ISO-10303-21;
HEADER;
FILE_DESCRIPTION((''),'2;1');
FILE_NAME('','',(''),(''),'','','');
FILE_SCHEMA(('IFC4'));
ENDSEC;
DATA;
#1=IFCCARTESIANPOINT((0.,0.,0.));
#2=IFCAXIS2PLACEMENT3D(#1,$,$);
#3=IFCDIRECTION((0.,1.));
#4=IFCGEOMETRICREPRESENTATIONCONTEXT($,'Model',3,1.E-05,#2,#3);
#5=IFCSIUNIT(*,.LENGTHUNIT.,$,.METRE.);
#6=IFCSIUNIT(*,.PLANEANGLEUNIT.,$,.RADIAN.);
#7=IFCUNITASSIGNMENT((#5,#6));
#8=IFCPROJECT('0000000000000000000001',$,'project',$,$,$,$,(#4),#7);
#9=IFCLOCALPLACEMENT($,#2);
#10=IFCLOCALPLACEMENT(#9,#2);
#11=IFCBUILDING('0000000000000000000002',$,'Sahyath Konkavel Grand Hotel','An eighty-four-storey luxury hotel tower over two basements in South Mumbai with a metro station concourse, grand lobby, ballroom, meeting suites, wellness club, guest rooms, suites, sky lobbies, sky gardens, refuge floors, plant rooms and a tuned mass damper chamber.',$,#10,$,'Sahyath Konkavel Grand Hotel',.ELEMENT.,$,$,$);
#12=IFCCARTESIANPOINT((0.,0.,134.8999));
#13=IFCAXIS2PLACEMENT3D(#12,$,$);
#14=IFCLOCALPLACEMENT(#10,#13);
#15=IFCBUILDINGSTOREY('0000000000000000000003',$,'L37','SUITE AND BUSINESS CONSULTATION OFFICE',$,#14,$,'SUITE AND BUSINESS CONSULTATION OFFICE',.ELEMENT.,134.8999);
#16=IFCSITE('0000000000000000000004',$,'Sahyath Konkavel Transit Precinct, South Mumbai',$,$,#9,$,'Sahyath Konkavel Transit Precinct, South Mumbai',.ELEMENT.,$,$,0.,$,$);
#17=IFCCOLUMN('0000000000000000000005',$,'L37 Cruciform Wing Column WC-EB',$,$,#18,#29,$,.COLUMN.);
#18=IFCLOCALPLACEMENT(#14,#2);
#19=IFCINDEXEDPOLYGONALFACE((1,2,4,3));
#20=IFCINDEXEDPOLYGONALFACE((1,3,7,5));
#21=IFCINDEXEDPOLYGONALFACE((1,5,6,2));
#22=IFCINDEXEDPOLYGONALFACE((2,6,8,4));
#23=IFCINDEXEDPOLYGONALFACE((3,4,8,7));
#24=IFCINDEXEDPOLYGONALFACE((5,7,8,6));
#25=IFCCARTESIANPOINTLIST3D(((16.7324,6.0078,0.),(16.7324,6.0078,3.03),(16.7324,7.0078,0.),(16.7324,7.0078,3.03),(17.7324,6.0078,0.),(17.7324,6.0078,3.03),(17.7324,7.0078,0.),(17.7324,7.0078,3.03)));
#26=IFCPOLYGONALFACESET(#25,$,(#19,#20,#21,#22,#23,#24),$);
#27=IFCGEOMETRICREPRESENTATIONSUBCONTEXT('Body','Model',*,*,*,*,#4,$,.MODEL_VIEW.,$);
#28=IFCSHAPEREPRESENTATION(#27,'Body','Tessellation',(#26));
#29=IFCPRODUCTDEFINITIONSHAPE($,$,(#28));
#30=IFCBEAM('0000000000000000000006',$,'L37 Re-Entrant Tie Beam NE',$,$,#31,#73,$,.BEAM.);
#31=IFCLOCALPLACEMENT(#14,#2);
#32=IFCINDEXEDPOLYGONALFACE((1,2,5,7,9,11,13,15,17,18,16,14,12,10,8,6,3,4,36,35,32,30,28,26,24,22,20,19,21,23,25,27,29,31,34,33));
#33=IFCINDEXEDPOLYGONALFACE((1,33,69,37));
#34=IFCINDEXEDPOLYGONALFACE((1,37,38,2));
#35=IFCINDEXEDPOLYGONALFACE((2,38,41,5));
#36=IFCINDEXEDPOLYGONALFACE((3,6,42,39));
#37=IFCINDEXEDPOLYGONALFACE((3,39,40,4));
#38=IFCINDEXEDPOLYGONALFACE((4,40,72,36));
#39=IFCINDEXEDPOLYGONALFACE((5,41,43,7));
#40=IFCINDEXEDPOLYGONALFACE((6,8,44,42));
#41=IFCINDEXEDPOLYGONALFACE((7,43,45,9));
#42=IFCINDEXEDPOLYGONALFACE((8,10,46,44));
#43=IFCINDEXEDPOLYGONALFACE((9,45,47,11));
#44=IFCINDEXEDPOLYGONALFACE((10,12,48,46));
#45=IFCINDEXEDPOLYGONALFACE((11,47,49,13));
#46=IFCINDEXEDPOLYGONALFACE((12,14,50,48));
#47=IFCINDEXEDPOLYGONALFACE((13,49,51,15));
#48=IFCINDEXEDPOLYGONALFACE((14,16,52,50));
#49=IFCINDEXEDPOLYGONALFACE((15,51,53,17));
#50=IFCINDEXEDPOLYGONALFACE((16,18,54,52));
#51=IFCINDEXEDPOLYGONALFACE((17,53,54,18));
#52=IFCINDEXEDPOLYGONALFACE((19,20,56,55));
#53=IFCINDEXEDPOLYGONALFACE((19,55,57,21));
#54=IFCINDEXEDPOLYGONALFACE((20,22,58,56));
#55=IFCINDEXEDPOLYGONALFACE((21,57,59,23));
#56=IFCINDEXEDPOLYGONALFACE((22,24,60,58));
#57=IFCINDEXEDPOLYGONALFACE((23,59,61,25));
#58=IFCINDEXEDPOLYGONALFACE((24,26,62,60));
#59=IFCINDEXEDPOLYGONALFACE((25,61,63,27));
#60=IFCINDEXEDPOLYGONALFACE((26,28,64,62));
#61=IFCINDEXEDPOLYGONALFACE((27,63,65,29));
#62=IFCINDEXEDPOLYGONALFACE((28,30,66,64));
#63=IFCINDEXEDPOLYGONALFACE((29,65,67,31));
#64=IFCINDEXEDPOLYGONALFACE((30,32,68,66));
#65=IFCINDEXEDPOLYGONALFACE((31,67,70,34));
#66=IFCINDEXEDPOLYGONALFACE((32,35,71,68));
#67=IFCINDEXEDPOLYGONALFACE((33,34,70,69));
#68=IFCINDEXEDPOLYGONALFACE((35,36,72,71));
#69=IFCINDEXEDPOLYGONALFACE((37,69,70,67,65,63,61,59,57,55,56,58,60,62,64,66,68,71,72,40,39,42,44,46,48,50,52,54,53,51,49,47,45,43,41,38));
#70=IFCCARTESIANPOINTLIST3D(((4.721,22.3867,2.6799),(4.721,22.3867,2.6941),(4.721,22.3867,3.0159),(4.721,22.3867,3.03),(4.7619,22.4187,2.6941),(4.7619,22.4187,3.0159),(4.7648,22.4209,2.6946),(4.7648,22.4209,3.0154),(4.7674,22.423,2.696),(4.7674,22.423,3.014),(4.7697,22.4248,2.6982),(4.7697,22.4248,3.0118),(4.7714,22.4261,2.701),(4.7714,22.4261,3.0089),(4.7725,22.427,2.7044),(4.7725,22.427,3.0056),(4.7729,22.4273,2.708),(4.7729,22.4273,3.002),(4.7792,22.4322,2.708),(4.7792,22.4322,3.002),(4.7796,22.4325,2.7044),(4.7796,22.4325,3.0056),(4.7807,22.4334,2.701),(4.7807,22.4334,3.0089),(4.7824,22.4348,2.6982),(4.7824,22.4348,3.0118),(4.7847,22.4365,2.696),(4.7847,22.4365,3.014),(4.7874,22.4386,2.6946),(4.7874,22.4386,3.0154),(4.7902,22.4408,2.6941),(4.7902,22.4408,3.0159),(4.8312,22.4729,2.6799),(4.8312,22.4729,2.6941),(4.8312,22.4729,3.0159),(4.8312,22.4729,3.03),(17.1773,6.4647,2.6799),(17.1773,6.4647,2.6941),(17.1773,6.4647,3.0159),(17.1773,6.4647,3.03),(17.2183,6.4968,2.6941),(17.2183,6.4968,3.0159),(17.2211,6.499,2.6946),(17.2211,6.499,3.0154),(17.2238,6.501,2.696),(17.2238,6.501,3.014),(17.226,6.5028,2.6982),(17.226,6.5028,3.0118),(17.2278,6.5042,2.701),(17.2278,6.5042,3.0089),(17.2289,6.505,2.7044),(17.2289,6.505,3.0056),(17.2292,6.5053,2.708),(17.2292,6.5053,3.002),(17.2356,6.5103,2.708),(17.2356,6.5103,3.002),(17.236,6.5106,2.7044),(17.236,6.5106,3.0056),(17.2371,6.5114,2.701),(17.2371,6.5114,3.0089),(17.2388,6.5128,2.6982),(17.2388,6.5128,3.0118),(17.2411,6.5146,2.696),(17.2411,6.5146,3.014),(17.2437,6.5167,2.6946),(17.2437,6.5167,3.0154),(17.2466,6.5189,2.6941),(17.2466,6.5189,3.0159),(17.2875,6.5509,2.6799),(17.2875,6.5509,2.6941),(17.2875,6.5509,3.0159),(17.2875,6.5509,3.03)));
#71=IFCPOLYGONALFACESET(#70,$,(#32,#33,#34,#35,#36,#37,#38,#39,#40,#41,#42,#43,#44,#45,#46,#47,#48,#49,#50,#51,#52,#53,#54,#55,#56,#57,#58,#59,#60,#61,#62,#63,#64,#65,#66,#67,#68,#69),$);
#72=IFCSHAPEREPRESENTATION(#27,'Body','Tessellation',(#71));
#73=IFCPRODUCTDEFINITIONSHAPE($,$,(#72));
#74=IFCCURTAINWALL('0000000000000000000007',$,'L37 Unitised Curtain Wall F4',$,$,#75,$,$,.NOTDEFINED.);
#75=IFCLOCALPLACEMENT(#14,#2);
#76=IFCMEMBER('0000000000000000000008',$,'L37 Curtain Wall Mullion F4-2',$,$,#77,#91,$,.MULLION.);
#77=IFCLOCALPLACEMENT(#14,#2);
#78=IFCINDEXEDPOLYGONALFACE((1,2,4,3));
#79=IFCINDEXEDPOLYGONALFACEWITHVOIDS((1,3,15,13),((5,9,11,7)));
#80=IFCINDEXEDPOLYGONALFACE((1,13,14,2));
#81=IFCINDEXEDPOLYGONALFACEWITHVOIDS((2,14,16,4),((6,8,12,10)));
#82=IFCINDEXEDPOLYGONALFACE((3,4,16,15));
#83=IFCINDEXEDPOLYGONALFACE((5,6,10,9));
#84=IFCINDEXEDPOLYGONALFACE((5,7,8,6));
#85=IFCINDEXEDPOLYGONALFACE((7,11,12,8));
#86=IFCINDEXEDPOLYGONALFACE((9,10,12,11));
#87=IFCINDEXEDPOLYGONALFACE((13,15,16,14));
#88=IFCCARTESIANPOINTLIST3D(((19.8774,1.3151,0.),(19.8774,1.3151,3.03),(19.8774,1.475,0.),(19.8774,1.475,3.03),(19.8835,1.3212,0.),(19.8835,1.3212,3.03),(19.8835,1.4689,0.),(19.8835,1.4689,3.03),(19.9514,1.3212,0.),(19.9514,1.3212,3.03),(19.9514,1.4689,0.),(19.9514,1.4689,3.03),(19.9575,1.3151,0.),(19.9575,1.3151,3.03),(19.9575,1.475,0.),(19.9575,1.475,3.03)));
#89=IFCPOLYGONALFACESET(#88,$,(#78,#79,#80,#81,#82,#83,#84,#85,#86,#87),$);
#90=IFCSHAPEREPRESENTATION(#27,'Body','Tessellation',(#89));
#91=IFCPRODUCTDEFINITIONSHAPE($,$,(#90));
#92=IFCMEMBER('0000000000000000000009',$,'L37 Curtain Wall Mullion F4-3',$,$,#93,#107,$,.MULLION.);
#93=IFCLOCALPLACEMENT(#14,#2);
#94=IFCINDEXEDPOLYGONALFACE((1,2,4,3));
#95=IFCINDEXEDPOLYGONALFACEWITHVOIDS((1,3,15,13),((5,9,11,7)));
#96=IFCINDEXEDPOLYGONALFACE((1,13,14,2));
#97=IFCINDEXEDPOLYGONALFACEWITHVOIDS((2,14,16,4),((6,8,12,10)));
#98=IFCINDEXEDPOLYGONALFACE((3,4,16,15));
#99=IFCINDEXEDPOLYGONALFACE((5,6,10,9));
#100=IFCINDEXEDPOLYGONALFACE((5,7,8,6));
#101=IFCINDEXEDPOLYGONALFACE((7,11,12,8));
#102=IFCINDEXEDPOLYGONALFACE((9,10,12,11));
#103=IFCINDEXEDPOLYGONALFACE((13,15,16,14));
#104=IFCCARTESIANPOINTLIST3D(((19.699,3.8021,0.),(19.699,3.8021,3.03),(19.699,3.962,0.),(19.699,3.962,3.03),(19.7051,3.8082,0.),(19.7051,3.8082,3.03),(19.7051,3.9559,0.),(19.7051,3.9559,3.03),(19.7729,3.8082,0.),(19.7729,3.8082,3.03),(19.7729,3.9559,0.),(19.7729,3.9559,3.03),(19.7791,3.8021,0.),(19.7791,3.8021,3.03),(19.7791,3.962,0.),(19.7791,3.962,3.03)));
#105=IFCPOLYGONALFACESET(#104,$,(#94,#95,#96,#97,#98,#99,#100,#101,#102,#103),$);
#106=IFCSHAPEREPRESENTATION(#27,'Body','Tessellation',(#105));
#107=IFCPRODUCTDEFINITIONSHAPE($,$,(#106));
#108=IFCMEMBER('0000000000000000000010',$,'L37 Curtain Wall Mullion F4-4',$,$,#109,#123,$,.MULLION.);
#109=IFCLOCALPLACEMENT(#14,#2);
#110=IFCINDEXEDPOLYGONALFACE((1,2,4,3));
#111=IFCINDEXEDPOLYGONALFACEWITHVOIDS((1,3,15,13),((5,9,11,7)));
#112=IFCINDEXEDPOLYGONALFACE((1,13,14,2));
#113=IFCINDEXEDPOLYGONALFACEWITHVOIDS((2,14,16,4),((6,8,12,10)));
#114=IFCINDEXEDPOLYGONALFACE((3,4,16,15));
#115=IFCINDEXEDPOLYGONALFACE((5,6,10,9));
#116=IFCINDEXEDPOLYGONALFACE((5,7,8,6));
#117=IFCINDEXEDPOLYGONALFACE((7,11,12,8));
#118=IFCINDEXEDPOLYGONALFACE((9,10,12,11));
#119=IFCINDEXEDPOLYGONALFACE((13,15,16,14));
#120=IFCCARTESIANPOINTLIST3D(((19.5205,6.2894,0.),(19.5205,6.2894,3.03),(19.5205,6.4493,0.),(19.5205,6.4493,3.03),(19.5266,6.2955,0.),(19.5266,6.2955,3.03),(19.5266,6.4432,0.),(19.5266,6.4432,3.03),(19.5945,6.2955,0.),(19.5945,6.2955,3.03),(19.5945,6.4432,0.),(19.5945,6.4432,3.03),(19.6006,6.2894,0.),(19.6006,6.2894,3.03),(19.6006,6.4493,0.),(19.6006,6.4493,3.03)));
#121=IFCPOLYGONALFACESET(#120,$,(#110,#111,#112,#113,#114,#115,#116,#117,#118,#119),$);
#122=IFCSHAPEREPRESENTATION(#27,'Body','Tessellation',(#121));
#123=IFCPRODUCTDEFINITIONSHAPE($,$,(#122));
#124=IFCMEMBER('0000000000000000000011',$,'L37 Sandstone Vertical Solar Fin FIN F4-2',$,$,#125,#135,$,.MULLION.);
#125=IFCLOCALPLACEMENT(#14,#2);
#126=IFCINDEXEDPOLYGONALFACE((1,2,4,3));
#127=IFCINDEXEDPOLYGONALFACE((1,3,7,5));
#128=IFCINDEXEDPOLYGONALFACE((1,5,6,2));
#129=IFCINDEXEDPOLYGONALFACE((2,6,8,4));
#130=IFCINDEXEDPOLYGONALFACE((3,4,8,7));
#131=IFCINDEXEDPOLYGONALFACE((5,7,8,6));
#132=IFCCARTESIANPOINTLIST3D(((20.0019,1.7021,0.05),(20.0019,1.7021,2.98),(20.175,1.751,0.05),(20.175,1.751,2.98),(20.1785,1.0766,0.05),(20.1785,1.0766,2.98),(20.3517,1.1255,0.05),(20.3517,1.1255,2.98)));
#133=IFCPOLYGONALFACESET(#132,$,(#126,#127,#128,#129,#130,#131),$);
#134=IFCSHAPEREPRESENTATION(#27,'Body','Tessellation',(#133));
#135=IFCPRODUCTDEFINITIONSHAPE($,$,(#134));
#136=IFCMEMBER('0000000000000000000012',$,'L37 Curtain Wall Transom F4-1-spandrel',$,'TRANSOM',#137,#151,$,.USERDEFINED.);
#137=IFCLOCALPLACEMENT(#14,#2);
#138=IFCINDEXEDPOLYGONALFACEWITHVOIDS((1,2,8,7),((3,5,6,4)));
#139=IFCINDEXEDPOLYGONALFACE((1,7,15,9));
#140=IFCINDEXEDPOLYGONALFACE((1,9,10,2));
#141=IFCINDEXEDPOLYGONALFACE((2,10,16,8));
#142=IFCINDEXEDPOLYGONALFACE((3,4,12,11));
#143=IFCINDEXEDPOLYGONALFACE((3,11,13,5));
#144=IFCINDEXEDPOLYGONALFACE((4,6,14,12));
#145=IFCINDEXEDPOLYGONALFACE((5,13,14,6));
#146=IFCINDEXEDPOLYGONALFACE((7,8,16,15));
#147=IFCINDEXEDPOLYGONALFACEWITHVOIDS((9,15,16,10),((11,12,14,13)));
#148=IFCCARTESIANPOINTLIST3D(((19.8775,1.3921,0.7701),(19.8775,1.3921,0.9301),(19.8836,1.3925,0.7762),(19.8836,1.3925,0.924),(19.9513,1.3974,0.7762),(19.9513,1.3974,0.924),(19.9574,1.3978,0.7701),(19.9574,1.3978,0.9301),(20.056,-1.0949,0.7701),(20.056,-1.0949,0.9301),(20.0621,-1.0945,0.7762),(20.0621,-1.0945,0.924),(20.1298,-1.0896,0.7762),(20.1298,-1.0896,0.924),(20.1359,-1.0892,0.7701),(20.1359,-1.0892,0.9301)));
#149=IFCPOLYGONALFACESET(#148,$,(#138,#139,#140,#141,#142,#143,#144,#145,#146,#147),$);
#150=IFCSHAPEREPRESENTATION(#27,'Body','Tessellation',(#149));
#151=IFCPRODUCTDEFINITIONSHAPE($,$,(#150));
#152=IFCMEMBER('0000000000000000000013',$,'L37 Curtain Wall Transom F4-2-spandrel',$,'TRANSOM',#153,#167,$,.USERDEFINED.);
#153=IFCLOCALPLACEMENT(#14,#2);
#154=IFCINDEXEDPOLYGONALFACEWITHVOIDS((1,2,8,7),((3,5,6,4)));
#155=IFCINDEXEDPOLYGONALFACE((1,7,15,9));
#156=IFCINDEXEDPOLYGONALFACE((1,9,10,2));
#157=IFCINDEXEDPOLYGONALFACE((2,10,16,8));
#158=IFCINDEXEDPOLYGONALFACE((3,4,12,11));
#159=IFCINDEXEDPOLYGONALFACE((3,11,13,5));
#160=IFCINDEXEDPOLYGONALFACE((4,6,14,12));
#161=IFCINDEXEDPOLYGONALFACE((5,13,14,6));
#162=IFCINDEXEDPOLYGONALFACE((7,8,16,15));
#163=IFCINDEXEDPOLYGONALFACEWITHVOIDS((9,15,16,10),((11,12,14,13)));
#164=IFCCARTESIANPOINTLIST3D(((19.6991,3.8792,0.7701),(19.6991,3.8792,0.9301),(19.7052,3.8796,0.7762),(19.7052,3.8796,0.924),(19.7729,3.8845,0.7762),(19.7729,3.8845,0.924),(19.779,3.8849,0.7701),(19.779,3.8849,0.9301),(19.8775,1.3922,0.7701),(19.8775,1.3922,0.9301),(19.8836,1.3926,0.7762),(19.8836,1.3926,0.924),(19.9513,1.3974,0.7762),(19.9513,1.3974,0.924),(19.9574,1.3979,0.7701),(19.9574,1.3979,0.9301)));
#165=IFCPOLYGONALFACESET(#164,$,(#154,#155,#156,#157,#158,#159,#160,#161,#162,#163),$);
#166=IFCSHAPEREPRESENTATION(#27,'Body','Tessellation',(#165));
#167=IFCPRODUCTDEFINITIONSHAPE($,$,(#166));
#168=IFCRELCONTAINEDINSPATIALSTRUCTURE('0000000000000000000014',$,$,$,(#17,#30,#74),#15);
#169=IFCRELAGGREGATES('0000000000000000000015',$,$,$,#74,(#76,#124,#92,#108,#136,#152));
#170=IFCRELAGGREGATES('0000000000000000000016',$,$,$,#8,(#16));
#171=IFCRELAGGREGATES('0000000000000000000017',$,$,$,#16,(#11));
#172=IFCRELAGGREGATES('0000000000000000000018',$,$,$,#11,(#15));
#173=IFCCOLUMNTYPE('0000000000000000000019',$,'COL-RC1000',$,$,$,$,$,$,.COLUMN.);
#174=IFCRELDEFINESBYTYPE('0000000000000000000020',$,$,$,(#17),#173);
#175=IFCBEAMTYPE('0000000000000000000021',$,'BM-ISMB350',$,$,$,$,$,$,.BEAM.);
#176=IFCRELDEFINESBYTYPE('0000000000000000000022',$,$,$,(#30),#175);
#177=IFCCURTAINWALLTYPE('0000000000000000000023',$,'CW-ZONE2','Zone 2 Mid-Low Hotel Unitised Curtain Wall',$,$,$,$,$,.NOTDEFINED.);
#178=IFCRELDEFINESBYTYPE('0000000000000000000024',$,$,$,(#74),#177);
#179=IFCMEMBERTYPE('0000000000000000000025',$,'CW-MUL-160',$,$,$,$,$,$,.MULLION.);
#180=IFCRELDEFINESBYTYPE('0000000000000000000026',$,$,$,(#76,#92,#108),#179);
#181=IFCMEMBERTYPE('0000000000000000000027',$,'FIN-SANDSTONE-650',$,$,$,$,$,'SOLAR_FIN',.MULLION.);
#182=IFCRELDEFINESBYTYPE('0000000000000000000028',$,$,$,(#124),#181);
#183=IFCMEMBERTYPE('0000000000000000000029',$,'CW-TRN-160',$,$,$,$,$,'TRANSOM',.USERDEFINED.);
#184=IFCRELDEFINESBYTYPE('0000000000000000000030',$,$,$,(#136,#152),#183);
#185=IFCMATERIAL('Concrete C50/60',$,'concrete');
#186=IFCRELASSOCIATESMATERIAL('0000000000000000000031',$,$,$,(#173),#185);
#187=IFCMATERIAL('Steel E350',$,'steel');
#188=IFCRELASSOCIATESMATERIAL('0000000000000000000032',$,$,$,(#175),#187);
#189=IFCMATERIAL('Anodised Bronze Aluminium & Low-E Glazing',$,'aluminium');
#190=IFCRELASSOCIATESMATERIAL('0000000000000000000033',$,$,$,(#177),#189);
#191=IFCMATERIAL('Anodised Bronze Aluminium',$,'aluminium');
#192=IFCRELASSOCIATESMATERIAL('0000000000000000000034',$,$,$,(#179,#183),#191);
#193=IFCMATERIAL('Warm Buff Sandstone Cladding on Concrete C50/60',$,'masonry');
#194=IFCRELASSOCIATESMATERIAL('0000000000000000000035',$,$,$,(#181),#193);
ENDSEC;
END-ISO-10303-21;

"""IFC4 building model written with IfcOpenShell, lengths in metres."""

from ifc_helpers import new_model, si_unit, direction, frame, origin, origin_2d, place, context, subcontext, project, spatial, rectangle, hollow_rectangle, i_section, extrude, source, transform, mapped, material, material_profile, profile_set, type_object, element, aggregate, save


model = new_model("IFC4")

# Units and contexts
model_context = context("Model", 3, precision=1e-05, world=origin(), true_north=direction((0.0, 1.0)))
body_context = subcontext(model_context, "Body", "Model", "MODEL_VIEW")
ifc_project = project(units=[si_unit("LENGTHUNIT", "METRE"), si_unit("PLANEANGLEUNIT", "RADIAN")], contexts=[model_context])

# Site, building, storey
site_placement = place(None, origin())
site = spatial("IfcSite", under=ifc_project, at=site_placement, Name="Sahyath Konkavel Transit Precinct, South Mumbai", LongName="Sahyath Konkavel Transit Precinct, South Mumbai", CompositionType="ELEMENT", RefElevation=0.0)
building_placement = place(site_placement, origin())
building = spatial("IfcBuilding", under=site, at=building_placement, Name="Sahyath Konkavel Grand Hotel", Description="An eighty-four-storey luxury hotel tower over two basements in South Mumbai with a metro station concourse, grand lobby, ballroom, meeting suites, wellness club, guest rooms, suites, sky lobbies, sky gardens, refuge floors, plant rooms and a tuned mass damper chamber.", LongName="Sahyath Konkavel Grand Hotel", CompositionType="ELEMENT")
storey_placement = place(building_placement, frame((0.0, 0.0, 134.8999)))
storey = spatial("IfcBuildingStorey", under=building, at=storey_placement, Name="L37", Description="SUITE AND BUSINESS CONSULTATION OFFICE", LongName="SUITE AND BUSINESS CONSULTATION OFFICE", CompositionType="ELEMENT", Elevation=134.8999)

# Column
ifc_material_1 = material(Name="Concrete C50/60", Category="concrete")
ifc_material_profile_1 = material_profile(ifc_material_1, rectangle(XDim=1.0, YDim=1.0, at=origin_2d()), Name="RC 1000x1000")
ifc_profile_set_1 = profile_set([ifc_material_profile_1], Name="Concrete C50/60")
column_type = type_object("IfcColumnType", Name="COL-RC1000", PredefinedType="COLUMN", material=ifc_profile_set_1)
shared_shape_1 = source(origin(), body_context, "Body", "SweptSolid", [
    extrude(rectangle(XDim=1.0, YDim=1.0, at=origin_2d()), origin(), (0.0, 0.0, 1.0), 3.03),
])
column_placement = place(storey_placement, frame((17.2324, 6.5078, 0.0), z_axis=(0.0, 0.0, 1.0), x_axis=(1.0, 0.0, 0.0)))
element("IfcColumn", 1, at=column_placement, inside=storey, type_object=column_type, Name="L37 Cruciform Wing Column WC-EB", PredefinedType="COLUMN", context=body_context, shape_type="MappedRepresentation", body=[
    mapped(shared_shape_1, transform((0.0, 0.0, 0.0), scale=1.0)),
])

# Beam
ifc_material_2 = material(Name="Steel E350", Category="steel")
ifc_material_profile_2 = material_profile(ifc_material_2, i_section(OverallWidth=0.1399, OverallDepth=0.3501, WebThickness=0.0081, FlangeThickness=0.0142, FilletRadius=0.0139, at=origin_2d()), Name="ISMB 350")
ifc_profile_set_2 = profile_set([ifc_material_profile_2], Name="Steel E350")
beam_type_1 = type_object("IfcBeamType", Name="BM-ISMB350", PredefinedType="BEAM", material=ifc_profile_set_2)
shared_shape_2 = source(origin(), body_context, "Body", "SweptSolid", [
    extrude(i_section(OverallWidth=0.1399, OverallDepth=0.3501, WebThickness=0.0081, FlangeThickness=0.0142, FilletRadius=0.0139, at=origin_2d()), origin(), (0.0, 0.0, 1.0), 20.2156),
])
beam_1_placement = place(storey_placement, frame((17.2324, 6.5078, 2.855), z_axis=(-0.616176, 0.787608, 0.0), x_axis=(-0.787608, -0.616176, 0.0)))
element("IfcBeam", 2, at=beam_1_placement, inside=storey, type_object=beam_type_1, Name="L37 Re-Entrant Tie Beam NE", PredefinedType="BEAM", context=body_context, shape_type="MappedRepresentation", body=[
    mapped(shared_shape_2, transform((0.0, 0.0, 0.0), scale=1.0)),
])

# Curtain wall, members
ifc_material_3 = material(Name="Anodised Bronze Aluminium & Low-E Glazing", Category="aluminium")
curtain_wall_type = type_object("IfcCurtainWallType", Name="CW-ZONE2", Description="Zone 2 Mid-Low Hotel Unitised Curtain Wall", PredefinedType="NOTDEFINED", material=ifc_material_3)
curtain_wall_placement = place(storey_placement, origin())
curtain_wall = element("IfcCurtainWall", 3, at=curtain_wall_placement, inside=storey, type_object=curtain_wall_type, Name="L37 Unitised Curtain Wall F4", PredefinedType="NOTDEFINED")
ifc_material_4 = material(Name="Anodised Bronze Aluminium", Category="aluminium")
ifc_material_profile_3 = material_profile(ifc_material_4, hollow_rectangle(XDim=0.0801, YDim=0.1599, WallThickness=0.0061, at=origin_2d()), Name="RHS 160x80x6")
ifc_profile_set_3 = profile_set([ifc_material_profile_3], Name="Anodised Bronze Aluminium")
member_type_1 = type_object("IfcMemberType", Name="CW-MUL-160", PredefinedType="MULLION", material=ifc_profile_set_3)
shared_shape_3 = source(origin(), body_context, "Body", "SweptSolid", [
    extrude(hollow_rectangle(XDim=0.0801, YDim=0.1599, WallThickness=0.0061, at=origin_2d()), origin(), (0.0, 0.0, 1.0), 3.03),
])
member_1_placement = place(storey_placement, frame((19.9175, 1.395, 0.0), z_axis=(0.0, 0.0, 1.0), x_axis=(1.0, 0.0, 0.0)))
member_1 = element("IfcMember", 4, at=member_1_placement, type_object=member_type_1, Name="L37 Curtain Wall Mullion F4-2", PredefinedType="MULLION", context=body_context, shape_type="MappedRepresentation", body=[
    mapped(shared_shape_3, transform((0.0, 0.0, 0.0), scale=1.0)),
])
member_2_placement = place(storey_placement, frame((19.739, 3.8821, 0.0), z_axis=(0.0, 0.0, 1.0), x_axis=(1.0, 0.0, 0.0)))
member_2 = element("IfcMember", 5, at=member_2_placement, type_object=member_type_1, Name="L37 Curtain Wall Mullion F4-3", PredefinedType="MULLION", context=body_context, shape_type="MappedRepresentation", body=[
    mapped(shared_shape_3, transform((0.0, 0.0, 0.0), scale=1.0)),
])
member_3_placement = place(storey_placement, frame((19.5605, 6.3694, 0.0), z_axis=(0.0, 0.0, 1.0), x_axis=(1.0, 0.0, 0.0)))
member_3 = element("IfcMember", 6, at=member_3_placement, type_object=member_type_1, Name="L37 Curtain Wall Mullion F4-4", PredefinedType="MULLION", context=body_context, shape_type="MappedRepresentation", body=[
    mapped(shared_shape_3, transform((0.0, 0.0, 0.0), scale=1.0)),
])
ifc_material_5 = material(Name="Warm Buff Sandstone Cladding on Concrete C50/60", Category="masonry")
ifc_material_profile_4 = material_profile(ifc_material_5, rectangle(XDim=0.1799, YDim=0.6499, at=origin_2d()), Name="FIN 180x650")
ifc_profile_set_4 = profile_set([ifc_material_profile_4], Name="Warm Buff Sandstone Cladding on Concrete C50/60")
member_type_2 = type_object("IfcMemberType", Name="FIN-SANDSTONE-650", ElementType="SOLAR_FIN", PredefinedType="MULLION", material=ifc_profile_set_4)
shared_shape_4 = source(origin(), body_context, "Body", "SweptSolid", [
    extrude(rectangle(XDim=0.1799, YDim=0.6499, at=origin_2d()), origin(), (0.0, 0.0, 1.0), 2.9299),
])
member_4_placement = place(storey_placement, frame((20.1768, 1.4138, 0.05), z_axis=(0.0, 0.0, 1.0), x_axis=(0.96236, 0.271776, 0.0)))
member_4 = element("IfcMember", 7, at=member_4_placement, type_object=member_type_2, Name="L37 Sandstone Vertical Solar Fin FIN F4-2", PredefinedType="MULLION", context=body_context, shape_type="MappedRepresentation", body=[
    mapped(shared_shape_4, transform((0.0, 0.0, 0.0), scale=1.0)),
])
ifc_material_profile_5 = material_profile(ifc_material_4, hollow_rectangle(XDim=0.0801, YDim=0.1599, WallThickness=0.0061, at=origin_2d()), Name="RHS 160x80x6")
ifc_profile_set_5 = profile_set([ifc_material_profile_5], Name="Anodised Bronze Aluminium")
member_type_3 = type_object("IfcMemberType", Name="CW-TRN-160", ElementType="TRANSOM", PredefinedType="USERDEFINED", material=ifc_profile_set_5)
shared_shape_5 = source(origin(), body_context, "Body", "SweptSolid", [
    extrude(hollow_rectangle(XDim=0.0801, YDim=0.1599, WallThickness=0.0061, at=origin_2d()), origin(), (0.0, 0.0, 1.0), 2.4934),
])
member_5_placement = place(storey_placement, frame((20.0959, -1.092, 0.8501), z_axis=(-0.071574, 0.997435, 0.0), x_axis=(-0.997435, -0.071574, 0.0)))
member_5 = element("IfcMember", 8, at=member_5_placement, type_object=member_type_3, Name="L37 Curtain Wall Transom F4-1-spandrel", ObjectType="TRANSOM", PredefinedType="USERDEFINED", context=body_context, shape_type="MappedRepresentation", body=[
    mapped(shared_shape_5, transform((0.0, 0.0, 0.0), scale=1.0)),
])
member_6_placement = place(storey_placement, frame((19.9175, 1.395, 0.8501), z_axis=(-0.071574, 0.997435, 0.0), x_axis=(-0.997435, -0.071574, 0.0)))
member_6 = element("IfcMember", 9, at=member_6_placement, type_object=member_type_3, Name="L37 Curtain Wall Transom F4-2-spandrel", ObjectType="TRANSOM", PredefinedType="USERDEFINED", context=body_context, shape_type="MappedRepresentation", body=[
    mapped(shared_shape_5, transform((0.0, 0.0, 0.0), scale=1.0)),
])

aggregate(curtain_wall, [member_1, member_4, member_2, member_3, member_5, member_6])

save(model, "model.ifc")
